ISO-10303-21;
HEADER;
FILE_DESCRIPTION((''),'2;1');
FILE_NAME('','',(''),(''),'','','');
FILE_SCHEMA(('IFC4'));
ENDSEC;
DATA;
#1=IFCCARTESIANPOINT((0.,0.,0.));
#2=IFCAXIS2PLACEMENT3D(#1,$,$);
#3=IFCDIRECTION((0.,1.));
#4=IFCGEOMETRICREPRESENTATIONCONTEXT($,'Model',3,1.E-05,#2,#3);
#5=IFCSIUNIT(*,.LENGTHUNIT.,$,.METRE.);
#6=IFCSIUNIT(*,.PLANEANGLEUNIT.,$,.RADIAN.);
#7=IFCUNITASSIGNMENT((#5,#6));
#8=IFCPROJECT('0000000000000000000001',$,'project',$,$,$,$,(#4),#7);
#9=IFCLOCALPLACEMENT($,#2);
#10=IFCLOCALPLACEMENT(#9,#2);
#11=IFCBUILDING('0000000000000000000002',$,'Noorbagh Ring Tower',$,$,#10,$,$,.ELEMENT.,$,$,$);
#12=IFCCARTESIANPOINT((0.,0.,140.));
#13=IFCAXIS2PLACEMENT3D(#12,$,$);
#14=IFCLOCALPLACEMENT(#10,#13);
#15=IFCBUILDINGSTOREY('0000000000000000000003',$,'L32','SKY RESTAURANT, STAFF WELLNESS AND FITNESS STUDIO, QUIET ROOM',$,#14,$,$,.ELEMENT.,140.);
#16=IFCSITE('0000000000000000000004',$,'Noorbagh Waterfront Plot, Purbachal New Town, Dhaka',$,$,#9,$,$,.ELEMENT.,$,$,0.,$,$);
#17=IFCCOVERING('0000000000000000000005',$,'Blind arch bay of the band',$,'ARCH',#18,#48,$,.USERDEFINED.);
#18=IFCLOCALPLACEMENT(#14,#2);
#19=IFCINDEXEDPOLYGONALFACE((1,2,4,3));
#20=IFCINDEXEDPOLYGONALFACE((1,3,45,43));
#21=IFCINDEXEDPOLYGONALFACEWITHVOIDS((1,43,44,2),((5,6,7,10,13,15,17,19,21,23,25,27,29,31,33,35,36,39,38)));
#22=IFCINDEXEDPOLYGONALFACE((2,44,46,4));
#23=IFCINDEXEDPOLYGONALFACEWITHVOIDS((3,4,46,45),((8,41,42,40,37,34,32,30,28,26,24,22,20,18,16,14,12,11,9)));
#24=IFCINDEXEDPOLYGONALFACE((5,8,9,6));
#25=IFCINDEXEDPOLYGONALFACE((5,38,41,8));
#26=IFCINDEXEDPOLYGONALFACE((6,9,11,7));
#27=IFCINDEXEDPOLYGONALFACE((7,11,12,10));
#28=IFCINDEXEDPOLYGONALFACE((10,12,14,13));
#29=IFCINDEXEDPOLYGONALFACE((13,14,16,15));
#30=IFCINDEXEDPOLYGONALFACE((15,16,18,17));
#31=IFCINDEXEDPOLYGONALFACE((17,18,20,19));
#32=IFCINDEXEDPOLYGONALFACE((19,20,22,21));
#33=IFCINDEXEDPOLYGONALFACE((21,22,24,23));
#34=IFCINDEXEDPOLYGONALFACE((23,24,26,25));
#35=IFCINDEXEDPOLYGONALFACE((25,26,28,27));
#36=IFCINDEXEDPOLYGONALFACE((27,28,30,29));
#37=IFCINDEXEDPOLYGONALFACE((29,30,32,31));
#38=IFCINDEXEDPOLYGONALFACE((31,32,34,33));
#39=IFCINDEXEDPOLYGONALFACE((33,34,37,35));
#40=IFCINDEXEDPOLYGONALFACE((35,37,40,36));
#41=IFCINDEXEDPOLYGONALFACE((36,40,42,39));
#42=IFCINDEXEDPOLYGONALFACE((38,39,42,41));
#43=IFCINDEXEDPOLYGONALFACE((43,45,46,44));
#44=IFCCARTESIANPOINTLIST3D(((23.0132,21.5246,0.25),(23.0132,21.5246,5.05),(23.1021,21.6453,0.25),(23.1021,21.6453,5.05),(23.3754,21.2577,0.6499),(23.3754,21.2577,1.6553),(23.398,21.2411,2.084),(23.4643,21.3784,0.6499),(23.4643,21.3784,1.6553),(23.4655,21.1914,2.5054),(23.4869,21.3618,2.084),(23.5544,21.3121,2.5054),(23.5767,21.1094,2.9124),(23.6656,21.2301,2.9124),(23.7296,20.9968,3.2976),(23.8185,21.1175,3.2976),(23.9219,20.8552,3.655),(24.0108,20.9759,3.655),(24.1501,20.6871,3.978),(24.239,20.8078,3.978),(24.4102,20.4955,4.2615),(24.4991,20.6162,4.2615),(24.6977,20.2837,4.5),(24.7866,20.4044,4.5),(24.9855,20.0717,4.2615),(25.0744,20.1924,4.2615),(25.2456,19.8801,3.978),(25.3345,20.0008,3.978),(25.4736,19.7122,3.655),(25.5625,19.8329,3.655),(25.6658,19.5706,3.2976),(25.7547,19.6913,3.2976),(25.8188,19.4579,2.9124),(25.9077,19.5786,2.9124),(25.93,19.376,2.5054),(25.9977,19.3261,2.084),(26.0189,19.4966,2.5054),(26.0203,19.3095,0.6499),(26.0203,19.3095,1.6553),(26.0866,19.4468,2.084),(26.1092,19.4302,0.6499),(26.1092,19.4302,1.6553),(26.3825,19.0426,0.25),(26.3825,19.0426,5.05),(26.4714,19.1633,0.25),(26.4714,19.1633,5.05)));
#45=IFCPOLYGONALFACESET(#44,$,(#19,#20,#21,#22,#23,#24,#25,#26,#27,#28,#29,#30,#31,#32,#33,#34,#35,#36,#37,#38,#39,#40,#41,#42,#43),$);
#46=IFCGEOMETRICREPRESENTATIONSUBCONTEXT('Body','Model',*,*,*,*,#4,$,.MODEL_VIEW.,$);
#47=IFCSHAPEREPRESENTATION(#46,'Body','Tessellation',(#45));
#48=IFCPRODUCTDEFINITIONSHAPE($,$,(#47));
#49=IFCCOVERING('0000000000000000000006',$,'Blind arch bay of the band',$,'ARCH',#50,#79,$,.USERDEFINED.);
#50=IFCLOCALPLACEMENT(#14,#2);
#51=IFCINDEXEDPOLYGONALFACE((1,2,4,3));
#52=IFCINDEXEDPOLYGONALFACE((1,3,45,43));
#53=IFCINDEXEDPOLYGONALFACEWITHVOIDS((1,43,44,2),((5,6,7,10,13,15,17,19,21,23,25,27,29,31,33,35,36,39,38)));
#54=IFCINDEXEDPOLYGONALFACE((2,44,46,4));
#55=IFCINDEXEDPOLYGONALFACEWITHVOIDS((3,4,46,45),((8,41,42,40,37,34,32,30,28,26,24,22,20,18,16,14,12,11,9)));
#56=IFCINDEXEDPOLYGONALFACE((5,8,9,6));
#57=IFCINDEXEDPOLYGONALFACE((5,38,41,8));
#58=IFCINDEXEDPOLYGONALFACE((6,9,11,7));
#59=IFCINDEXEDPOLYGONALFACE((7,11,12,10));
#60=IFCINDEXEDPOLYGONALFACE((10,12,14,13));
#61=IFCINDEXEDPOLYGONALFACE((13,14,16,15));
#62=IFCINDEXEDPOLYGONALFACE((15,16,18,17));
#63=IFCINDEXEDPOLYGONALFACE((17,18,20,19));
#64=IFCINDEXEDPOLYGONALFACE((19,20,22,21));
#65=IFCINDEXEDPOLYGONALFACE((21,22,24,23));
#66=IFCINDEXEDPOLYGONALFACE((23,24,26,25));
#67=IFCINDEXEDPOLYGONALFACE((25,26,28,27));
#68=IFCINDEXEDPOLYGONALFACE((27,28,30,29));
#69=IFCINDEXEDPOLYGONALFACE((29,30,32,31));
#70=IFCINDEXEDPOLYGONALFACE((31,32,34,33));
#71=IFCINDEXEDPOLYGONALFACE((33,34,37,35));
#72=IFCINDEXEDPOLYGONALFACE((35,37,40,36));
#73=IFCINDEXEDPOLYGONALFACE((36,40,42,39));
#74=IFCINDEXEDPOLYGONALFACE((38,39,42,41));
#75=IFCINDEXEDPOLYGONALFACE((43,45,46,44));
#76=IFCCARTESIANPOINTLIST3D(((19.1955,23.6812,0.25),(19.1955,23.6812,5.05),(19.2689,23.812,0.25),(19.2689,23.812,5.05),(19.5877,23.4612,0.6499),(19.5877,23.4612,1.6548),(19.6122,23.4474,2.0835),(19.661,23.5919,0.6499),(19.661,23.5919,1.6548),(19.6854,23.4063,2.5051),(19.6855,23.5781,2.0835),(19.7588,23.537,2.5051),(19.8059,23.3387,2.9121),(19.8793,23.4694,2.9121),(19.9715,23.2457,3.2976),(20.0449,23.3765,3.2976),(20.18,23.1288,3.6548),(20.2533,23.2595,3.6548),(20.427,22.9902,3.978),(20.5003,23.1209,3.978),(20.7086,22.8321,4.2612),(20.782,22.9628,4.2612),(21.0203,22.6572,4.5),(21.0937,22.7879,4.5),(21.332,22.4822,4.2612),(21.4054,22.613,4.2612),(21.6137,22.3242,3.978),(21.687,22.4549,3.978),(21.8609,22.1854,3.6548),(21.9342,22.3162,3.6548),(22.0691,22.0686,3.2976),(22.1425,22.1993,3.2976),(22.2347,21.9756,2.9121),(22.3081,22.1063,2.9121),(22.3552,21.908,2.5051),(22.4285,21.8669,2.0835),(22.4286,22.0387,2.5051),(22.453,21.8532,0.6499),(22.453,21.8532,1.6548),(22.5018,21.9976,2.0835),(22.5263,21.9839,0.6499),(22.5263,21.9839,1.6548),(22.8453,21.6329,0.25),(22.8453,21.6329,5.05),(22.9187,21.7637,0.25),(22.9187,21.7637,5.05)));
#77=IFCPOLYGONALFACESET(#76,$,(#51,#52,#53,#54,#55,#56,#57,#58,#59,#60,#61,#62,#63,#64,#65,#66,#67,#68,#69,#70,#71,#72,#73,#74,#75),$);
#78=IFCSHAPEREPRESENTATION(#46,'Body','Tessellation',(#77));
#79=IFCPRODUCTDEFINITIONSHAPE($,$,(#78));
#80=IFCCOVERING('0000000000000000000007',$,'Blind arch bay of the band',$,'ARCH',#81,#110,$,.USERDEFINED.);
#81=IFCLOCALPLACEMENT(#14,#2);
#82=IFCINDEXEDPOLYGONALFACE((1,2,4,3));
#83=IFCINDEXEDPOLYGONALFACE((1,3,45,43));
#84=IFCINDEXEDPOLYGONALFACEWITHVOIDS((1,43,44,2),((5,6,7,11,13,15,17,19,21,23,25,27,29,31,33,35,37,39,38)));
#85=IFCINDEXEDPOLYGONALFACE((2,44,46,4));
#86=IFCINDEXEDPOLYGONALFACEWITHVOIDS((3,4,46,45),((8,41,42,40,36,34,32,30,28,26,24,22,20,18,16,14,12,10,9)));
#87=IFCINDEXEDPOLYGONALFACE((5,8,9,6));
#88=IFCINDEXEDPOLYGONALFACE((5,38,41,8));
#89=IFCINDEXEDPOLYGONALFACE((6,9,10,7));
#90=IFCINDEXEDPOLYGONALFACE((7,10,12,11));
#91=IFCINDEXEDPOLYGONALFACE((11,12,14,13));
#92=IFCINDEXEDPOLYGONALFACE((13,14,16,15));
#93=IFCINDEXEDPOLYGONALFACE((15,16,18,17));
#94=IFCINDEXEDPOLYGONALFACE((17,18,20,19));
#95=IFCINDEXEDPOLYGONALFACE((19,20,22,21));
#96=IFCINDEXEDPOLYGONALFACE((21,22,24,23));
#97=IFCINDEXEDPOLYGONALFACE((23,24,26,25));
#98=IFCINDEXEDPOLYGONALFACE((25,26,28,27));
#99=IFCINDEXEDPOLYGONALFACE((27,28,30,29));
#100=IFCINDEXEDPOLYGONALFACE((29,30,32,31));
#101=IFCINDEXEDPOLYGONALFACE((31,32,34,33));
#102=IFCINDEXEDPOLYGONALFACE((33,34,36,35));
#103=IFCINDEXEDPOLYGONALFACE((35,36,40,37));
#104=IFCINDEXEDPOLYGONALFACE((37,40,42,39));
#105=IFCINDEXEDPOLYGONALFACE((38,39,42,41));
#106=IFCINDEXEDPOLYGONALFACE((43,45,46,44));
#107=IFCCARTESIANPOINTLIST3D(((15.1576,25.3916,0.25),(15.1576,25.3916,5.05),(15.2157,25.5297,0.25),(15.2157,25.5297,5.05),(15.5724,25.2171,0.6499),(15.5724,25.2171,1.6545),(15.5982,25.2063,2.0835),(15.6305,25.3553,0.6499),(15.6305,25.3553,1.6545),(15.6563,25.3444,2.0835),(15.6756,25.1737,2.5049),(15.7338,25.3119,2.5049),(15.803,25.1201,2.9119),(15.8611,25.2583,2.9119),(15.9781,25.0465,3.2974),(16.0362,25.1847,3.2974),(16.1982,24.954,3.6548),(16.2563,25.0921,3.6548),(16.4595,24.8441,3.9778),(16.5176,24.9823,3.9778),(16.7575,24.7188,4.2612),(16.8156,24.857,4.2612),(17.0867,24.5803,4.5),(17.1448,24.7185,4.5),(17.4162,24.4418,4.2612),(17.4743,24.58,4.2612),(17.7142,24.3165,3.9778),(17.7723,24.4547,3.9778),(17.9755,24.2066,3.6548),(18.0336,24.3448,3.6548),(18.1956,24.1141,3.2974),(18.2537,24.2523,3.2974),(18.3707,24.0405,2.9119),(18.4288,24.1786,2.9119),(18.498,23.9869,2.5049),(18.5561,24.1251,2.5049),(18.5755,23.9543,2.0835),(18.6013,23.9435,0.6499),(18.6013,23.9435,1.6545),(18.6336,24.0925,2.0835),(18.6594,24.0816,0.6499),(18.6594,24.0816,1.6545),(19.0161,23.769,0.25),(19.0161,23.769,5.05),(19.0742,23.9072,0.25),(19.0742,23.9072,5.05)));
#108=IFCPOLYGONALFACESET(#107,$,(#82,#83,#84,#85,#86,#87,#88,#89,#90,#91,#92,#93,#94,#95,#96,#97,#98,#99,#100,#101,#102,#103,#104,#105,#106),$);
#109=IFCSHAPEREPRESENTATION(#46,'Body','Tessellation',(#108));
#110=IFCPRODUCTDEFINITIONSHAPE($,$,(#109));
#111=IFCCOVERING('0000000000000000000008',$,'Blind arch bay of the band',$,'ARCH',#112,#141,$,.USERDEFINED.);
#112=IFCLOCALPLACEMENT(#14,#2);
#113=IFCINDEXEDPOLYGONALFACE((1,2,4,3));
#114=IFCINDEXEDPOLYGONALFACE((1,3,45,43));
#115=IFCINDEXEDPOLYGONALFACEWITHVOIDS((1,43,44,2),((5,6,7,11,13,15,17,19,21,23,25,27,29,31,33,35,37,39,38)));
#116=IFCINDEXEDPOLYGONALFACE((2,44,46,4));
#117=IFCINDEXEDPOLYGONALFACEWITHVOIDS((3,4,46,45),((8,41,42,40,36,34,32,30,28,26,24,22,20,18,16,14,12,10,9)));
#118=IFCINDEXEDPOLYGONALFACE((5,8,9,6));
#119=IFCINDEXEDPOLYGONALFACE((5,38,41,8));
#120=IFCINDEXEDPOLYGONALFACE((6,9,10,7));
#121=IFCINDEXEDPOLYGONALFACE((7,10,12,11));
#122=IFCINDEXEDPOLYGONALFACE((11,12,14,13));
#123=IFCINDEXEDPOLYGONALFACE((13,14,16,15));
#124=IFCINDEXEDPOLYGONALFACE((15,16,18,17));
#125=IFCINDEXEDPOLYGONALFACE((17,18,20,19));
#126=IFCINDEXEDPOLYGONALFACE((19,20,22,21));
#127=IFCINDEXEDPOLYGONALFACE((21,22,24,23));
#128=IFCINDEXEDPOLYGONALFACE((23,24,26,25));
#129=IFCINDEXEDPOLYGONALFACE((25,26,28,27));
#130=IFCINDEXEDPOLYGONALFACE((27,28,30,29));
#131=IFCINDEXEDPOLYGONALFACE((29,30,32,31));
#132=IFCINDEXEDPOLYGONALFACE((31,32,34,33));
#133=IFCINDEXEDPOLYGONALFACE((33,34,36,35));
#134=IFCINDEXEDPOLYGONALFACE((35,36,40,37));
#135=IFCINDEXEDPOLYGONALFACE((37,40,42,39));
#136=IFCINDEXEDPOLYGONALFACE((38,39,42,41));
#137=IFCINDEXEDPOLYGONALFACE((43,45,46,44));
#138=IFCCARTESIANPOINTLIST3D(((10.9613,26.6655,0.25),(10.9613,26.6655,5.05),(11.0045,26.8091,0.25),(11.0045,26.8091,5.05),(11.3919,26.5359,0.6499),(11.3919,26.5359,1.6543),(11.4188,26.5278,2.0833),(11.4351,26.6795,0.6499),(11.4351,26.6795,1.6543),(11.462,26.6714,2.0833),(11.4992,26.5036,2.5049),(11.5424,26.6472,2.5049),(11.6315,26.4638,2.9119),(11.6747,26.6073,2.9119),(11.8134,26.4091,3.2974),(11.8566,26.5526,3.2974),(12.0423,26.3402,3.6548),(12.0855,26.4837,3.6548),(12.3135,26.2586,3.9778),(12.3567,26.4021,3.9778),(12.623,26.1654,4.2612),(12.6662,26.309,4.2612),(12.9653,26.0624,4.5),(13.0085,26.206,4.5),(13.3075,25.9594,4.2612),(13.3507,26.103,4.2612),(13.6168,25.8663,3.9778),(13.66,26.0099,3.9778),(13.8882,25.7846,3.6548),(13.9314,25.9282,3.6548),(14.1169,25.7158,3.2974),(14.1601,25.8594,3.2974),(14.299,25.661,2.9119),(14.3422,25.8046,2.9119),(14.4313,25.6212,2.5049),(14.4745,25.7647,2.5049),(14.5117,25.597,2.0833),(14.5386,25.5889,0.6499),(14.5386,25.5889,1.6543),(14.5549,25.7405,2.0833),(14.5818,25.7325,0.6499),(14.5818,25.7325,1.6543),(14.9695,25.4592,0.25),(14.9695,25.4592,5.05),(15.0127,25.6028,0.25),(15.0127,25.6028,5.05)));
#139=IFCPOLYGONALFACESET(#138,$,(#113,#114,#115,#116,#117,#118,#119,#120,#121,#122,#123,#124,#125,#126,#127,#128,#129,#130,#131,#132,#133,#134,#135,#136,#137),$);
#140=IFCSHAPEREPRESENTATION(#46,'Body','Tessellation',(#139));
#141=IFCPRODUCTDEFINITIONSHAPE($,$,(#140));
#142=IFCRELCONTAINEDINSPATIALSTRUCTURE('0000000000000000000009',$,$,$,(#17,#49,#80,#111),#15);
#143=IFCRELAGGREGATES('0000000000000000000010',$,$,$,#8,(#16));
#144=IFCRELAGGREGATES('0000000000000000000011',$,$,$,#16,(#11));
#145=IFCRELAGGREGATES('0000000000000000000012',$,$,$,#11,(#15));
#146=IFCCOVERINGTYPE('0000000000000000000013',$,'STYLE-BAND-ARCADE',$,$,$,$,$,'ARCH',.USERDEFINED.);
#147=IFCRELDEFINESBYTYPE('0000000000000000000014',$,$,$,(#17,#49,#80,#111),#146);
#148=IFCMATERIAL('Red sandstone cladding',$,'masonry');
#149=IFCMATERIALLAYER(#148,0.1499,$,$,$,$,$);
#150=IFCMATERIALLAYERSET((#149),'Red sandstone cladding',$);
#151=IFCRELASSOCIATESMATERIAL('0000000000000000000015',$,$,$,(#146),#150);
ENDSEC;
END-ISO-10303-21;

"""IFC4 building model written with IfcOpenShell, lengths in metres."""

from ifc_helpers import new_model, si_unit, direction, frame, origin, place, context, subcontext, project, spatial, polyline, outline, extrude, material, layer, layer_set, type_object, element, save


model = new_model("IFC4")

# Units and contexts
model_context = context("Model", 3, precision=1e-05, world=origin(), true_north=direction((0.0, 1.0)))
body_context = subcontext(model_context, "Body", "Model", "MODEL_VIEW")
ifc_project = project(units=[si_unit("LENGTHUNIT", "METRE"), si_unit("PLANEANGLEUNIT", "RADIAN")], contexts=[model_context])

# Site, building, storey
site_placement = place(None, origin())
site = spatial("IfcSite", under=ifc_project, at=site_placement, Name="Noorbagh Waterfront Plot, Purbachal New Town, Dhaka", CompositionType="ELEMENT", RefElevation=0.0)
building_placement = place(site_placement, origin())
building = spatial("IfcBuilding", under=site, at=building_placement, Name="Noorbagh Ring Tower", CompositionType="ELEMENT")
storey_placement = place(building_placement, frame((0.0, 0.0, 140.0)))
storey = spatial("IfcBuildingStorey", under=building, at=storey_placement, Name="L32", Description="SKY RESTAURANT, STAFF WELLNESS AND FITNESS STUDIO, QUIET ROOM", CompositionType="ELEMENT", Elevation=140.0)

# Coverings
ifc_material_1 = material(Name="Red sandstone cladding", Category="masonry")
ifc_layer_1 = layer(ifc_material_1, 0.1499)
ifc_layer_set_1 = layer_set([ifc_layer_1], Name="Red sandstone cladding")
covering_type_1 = type_object("IfcCoveringType", Name="STYLE-BAND-ARCADE", ElementType="ARCH", PredefinedType="USERDEFINED", material=ifc_layer_set_1)
covering_1_placement = place(storey_placement, frame((26.4714, 19.1633, 0.25), z_axis=(0.59308, 0.805144, 0.0), x_axis=(-0.805144, 0.59308, 0.0)))
element("IfcCovering", 1, at=covering_1_placement, inside=storey, type_object=covering_type_1, Name="Blind arch bay of the band", ObjectType="ARCH", PredefinedType="USERDEFINED", context=body_context, shape_type="SweptSolid", body=[
    extrude(outline(polyline([(0.0, 0.0), (4.1848, 0.0), (4.1848, 4.8), (0.0, 4.8), (0.0, 0.0)]), holes=[polyline([(0.45, 0.3999), (0.45, 1.4053), (0.478, 1.834), (0.562, 2.2554), (0.7002, 2.6624), (0.8901, 3.0476), (1.1289, 3.405), (1.4121, 3.728), (1.7351, 4.0115), (2.0925, 4.25), (2.4497, 4.0115), (2.7727, 3.728), (3.0562, 3.405), (3.2949, 3.0476), (3.4849, 2.6624), (3.623, 2.2554), (3.7068, 1.834), (3.7349, 1.4053), (3.7349, 0.3999), (0.45, 0.3999)])]), origin(), (0.0, 0.0, -1.0), 0.1499),
])
covering_2_placement = place(storey_placement, frame((22.9187, 21.7637, 0.25), z_axis=(0.489402, 0.872058, 0.0), x_axis=(-0.872058, 0.489402, 0.0)))
element("IfcCovering", 2, at=covering_2_placement, inside=storey, type_object=covering_type_1, Name="Blind arch bay of the band", ObjectType="ARCH", PredefinedType="USERDEFINED", context=body_context, shape_type="SweptSolid", body=[
    extrude(outline(polyline([(0.0, 0.0), (4.1853, 0.0), (4.1853, 4.8), (0.0, 4.8), (0.0, 0.0)]), holes=[polyline([(0.45, 0.3999), (0.45, 1.4048), (0.478, 1.8335), (0.562, 2.2551), (0.7002, 2.6621), (0.8901, 3.0476), (1.1289, 3.4048), (1.4124, 3.728), (1.7354, 4.0112), (2.0928, 4.25), (2.4502, 4.0112), (2.7732, 3.728), (3.0564, 3.4048), (3.2954, 3.0476), (3.4854, 2.6621), (3.6235, 2.2551), (3.7075, 1.8335), (3.7356, 1.4048), (3.7356, 0.3999), (0.45, 0.3999)])]), origin(), (0.0, 0.0, -1.0), 0.1499),
])
covering_3_placement = place(storey_placement, frame((19.0742, 23.9072, 0.25), z_axis=(0.387624, 0.921818, 0.0), x_axis=(-0.921818, 0.387624, 0.0)))
element("IfcCovering", 3, at=covering_3_placement, inside=storey, type_object=covering_type_1, Name="Blind arch bay of the band", ObjectType="ARCH", PredefinedType="USERDEFINED", context=body_context, shape_type="SweptSolid", body=[
    extrude(outline(polyline([(0.0, 0.0), (4.1858, 0.0), (4.1858, 4.8), (0.0, 4.8), (0.0, 0.0)]), holes=[polyline([(0.45, 0.3999), (0.45, 1.4045), (0.478, 1.8335), (0.562, 2.2549), (0.7002, 2.6619), (0.8901, 3.0474), (1.1289, 3.4048), (1.4124, 3.7278), (1.7356, 4.0112), (2.093, 4.25), (2.4502, 4.0112), (2.7734, 3.7278), (3.0569, 3.4048), (3.2957, 3.0474), (3.4856, 2.6619), (3.6238, 2.2549), (3.7078, 1.8335), (3.7358, 1.4045), (3.7358, 0.3999), (0.45, 0.3999)])]), origin(), (0.0, 0.0, -1.0), 0.1499),
])
covering_4_placement = place(storey_placement, frame((15.0127, 25.6028, 0.25), z_axis=(0.288183, 0.957575, 0.0), x_axis=(-0.957575, 0.288183, 0.0)))
element("IfcCovering", 4, at=covering_4_placement, inside=storey, type_object=covering_type_1, Name="Blind arch bay of the band", ObjectType="ARCH", PredefinedType="USERDEFINED", context=body_context, shape_type="SweptSolid", body=[
    extrude(outline(polyline([(0.0, 0.0), (4.1858, 0.0), (4.1858, 4.8), (0.0, 4.8), (0.0, 0.0)]), holes=[polyline([(0.45, 0.3999), (0.45, 1.4043), (0.478, 1.8333), (0.562, 2.2549), (0.7002, 2.6619), (0.8904, 3.0474), (1.1292, 3.4048), (1.4126, 3.7278), (1.7356, 4.0112), (2.093, 4.25), (2.4504, 4.0112), (2.7737, 3.7278), (3.0569, 3.4048), (3.2959, 3.0474), (3.4858, 2.6619), (3.624, 2.2549), (3.708, 1.8333), (3.7361, 1.4043), (3.7361, 0.3999), (0.45, 0.3999)])]), origin(), (0.0, 0.0, -1.0), 0.1499),
])

save(model, "model.ifc")
